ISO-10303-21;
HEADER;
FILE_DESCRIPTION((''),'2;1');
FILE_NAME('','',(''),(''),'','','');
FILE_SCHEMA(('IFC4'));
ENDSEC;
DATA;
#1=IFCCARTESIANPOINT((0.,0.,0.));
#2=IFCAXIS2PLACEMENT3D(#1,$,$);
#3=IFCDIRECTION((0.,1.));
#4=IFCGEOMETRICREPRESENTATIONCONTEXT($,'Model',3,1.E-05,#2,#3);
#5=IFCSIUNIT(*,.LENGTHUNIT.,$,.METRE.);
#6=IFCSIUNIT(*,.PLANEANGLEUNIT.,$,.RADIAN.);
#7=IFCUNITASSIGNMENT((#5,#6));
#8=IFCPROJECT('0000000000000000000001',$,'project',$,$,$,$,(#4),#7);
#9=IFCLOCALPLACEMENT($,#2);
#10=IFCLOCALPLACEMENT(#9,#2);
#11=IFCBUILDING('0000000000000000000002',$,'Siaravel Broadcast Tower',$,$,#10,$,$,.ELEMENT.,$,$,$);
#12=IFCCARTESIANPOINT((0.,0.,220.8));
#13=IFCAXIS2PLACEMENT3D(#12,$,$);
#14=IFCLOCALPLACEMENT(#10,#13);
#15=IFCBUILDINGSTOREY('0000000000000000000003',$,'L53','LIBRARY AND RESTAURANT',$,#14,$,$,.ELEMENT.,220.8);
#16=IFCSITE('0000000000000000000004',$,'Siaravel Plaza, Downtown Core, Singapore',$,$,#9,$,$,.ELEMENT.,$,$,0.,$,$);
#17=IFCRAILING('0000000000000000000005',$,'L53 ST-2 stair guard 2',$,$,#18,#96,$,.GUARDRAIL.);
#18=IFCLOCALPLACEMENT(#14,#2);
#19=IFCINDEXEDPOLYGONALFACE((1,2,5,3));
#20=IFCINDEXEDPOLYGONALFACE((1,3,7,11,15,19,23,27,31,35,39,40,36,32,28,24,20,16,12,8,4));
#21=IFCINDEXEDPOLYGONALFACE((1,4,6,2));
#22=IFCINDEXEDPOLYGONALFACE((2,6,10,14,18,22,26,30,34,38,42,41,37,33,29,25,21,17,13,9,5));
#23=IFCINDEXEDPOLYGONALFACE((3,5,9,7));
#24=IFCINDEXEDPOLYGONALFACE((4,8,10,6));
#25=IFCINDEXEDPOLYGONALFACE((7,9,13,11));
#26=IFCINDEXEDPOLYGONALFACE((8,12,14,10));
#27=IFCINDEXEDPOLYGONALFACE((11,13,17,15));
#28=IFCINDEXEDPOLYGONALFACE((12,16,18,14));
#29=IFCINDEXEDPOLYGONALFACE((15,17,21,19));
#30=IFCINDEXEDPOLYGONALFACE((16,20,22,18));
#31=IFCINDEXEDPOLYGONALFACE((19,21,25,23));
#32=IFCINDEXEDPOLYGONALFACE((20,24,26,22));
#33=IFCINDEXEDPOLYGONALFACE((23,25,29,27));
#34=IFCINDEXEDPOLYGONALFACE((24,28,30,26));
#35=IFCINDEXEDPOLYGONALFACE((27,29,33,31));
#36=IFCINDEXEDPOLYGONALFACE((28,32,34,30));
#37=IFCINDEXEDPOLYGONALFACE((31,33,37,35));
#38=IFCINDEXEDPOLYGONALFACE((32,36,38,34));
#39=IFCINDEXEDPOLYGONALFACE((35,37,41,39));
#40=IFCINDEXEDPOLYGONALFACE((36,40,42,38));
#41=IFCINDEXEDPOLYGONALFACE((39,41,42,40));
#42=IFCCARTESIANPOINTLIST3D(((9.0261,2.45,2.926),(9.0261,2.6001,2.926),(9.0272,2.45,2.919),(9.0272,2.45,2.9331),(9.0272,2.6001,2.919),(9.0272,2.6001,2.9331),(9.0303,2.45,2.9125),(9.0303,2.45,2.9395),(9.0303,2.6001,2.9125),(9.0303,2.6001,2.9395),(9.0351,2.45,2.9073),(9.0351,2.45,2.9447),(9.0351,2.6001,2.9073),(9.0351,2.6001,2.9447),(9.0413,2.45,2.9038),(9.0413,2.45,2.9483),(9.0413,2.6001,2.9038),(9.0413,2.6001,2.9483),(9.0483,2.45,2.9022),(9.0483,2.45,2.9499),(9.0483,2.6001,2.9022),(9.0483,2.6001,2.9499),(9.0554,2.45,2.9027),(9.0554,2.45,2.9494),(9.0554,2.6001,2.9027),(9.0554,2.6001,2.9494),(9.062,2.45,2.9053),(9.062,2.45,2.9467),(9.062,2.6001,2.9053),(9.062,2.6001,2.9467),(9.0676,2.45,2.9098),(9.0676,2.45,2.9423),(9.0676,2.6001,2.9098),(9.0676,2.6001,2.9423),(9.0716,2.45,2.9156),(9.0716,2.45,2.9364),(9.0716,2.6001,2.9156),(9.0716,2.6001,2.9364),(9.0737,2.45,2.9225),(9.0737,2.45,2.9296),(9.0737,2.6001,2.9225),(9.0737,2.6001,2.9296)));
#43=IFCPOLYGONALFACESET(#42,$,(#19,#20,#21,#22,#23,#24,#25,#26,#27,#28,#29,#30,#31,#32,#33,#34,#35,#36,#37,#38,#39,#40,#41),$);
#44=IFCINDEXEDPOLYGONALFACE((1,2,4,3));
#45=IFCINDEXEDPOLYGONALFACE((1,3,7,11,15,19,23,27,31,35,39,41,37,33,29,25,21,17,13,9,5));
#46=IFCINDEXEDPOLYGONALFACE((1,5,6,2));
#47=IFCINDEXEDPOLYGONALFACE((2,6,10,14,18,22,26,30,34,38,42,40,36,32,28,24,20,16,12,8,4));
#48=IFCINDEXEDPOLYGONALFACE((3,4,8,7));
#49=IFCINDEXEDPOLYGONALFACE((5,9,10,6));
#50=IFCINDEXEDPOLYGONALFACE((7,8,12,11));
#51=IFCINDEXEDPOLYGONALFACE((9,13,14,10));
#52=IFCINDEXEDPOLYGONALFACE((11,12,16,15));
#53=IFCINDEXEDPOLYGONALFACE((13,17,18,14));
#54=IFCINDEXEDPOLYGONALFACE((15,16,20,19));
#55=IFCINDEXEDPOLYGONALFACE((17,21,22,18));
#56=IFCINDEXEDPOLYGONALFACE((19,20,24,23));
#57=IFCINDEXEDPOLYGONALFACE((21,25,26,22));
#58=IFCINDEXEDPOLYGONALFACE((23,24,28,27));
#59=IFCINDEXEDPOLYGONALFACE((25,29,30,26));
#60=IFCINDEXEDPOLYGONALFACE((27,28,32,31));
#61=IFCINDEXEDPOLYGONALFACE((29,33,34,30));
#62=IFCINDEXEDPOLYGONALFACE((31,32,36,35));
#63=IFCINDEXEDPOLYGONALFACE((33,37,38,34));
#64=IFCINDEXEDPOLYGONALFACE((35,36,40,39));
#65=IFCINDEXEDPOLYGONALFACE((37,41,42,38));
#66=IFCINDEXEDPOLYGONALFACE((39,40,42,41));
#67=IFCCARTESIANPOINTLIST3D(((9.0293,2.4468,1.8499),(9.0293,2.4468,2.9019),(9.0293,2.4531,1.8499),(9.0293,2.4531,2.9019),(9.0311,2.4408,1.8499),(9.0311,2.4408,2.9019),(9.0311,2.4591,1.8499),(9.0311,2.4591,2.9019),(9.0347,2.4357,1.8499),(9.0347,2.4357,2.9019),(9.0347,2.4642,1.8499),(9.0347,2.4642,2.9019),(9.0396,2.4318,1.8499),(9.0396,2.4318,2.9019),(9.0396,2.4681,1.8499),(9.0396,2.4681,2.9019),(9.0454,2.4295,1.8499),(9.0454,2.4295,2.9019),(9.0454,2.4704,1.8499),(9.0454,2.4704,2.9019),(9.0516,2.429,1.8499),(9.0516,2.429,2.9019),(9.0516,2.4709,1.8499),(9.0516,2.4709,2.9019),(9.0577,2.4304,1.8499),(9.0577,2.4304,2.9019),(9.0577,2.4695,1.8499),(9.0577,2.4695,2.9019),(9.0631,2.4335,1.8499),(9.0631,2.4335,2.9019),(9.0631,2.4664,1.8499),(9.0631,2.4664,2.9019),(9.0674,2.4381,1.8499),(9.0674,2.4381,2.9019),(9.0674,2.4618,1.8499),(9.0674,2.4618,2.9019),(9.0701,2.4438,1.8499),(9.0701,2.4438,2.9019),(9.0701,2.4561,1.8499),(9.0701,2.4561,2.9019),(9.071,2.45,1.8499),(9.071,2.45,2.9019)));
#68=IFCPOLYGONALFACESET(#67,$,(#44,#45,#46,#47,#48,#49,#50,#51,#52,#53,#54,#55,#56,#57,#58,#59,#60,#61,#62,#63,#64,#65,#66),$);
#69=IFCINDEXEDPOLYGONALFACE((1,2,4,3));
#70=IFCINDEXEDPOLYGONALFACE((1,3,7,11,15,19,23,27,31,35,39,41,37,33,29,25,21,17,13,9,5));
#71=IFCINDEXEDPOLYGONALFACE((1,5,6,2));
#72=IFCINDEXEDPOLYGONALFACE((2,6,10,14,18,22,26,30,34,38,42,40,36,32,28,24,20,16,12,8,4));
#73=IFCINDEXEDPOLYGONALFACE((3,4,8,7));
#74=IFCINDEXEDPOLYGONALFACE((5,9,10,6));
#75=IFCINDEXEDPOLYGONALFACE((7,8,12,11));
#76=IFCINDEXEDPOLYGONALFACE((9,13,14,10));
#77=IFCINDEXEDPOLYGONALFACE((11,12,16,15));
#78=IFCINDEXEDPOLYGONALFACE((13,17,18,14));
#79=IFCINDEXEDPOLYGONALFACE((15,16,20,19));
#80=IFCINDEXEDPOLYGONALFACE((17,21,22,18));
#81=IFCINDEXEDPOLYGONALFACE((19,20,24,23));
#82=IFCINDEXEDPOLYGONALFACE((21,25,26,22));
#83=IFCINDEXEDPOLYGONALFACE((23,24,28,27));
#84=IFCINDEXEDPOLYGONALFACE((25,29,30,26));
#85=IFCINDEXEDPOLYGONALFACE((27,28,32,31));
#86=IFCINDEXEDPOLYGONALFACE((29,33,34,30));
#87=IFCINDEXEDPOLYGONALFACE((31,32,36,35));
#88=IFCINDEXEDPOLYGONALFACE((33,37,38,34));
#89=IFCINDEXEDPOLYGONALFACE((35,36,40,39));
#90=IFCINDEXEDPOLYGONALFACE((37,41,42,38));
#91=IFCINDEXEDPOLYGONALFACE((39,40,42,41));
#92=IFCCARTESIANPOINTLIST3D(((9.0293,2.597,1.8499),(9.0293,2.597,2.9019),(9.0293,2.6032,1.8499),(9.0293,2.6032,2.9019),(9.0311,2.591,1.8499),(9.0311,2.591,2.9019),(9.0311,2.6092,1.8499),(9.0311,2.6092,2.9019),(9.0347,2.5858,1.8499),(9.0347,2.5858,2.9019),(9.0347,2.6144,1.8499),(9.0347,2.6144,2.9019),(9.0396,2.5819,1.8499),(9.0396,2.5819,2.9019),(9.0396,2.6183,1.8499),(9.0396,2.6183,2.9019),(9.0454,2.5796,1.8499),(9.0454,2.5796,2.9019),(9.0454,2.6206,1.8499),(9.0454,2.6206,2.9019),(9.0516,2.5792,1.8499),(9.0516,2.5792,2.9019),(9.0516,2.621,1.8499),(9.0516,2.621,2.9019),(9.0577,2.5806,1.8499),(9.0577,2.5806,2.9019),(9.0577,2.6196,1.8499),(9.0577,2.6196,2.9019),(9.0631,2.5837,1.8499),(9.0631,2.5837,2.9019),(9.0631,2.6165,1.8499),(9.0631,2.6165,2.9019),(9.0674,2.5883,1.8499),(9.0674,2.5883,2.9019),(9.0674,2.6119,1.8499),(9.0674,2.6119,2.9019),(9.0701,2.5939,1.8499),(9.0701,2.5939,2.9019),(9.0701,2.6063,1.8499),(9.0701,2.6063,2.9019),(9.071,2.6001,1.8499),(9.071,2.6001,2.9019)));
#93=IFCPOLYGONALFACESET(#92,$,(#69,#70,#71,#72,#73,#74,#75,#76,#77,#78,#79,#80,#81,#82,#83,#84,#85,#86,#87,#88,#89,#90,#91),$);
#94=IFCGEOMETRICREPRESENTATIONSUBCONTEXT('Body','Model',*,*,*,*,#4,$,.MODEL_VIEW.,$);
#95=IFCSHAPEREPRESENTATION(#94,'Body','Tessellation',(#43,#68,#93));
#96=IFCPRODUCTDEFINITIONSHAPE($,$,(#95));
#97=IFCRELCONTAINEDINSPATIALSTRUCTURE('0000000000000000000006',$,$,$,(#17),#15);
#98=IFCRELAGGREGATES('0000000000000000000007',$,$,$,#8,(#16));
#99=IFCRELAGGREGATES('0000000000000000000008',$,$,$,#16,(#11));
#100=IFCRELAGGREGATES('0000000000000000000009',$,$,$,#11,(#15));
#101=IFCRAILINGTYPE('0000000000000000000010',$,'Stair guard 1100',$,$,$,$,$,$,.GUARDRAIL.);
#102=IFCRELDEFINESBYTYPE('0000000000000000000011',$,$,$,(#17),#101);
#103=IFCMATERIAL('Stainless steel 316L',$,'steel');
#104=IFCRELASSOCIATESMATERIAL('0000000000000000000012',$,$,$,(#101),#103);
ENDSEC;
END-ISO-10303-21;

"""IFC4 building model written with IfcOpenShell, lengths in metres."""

from ifc_helpers import new_model, si_unit, direction, frame, origin, origin_2d, place, context, subcontext, project, spatial, circle, extrude, material, type_object, element, save


model = new_model("IFC4")

# Units and contexts
model_context = context("Model", 3, precision=1e-05, world=origin(), true_north=direction((0.0, 1.0)))
body_context = subcontext(model_context, "Body", "Model", "MODEL_VIEW")
ifc_project = project(units=[si_unit("LENGTHUNIT", "METRE"), si_unit("PLANEANGLEUNIT", "RADIAN")], contexts=[model_context])

# Site, building, storey
site_placement = place(None, origin())
site = spatial("IfcSite", under=ifc_project, at=site_placement, Name="Siaravel Plaza, Downtown Core, Singapore", CompositionType="ELEMENT", RefElevation=0.0)
building_placement = place(site_placement, origin())
building = spatial("IfcBuilding", under=site, at=building_placement, Name="Siaravel Broadcast Tower", CompositionType="ELEMENT")
storey_placement = place(building_placement, frame((0.0, 0.0, 220.8)))
storey = spatial("IfcBuildingStorey", under=building, at=storey_placement, Name="L53", Description="LIBRARY AND RESTAURANT", CompositionType="ELEMENT", Elevation=220.8)

# Railing
ifc_material_1 = material(Name="Stainless steel 316L", Category="steel")
railing_type_1 = type_object("IfcRailingType", Name="Stair guard 1100", PredefinedType="GUARDRAIL", material=ifc_material_1)
railing_1_placement = place(storey_placement, frame((9.05, 2.45, 1.8499)))
element("IfcRailing", 1, at=railing_1_placement, inside=storey, type_object=railing_type_1, Name="L53 ST-2 stair guard 2", PredefinedType="GUARDRAIL", context=body_context, shape_type="SweptSolid", body=[
    extrude(circle(Radius=0.0239, at=origin_2d()), frame((0.0, 0.0, 1.0762), z_axis=(0.0, 1.0, 0.0), x_axis=(-1.0, 0.0, 0.0)), (0.0, 0.0, 1.0), 0.1501),
    extrude(circle(Radius=0.021, at=origin_2d()), origin(), (0.0, 0.0, 1.0), 1.052),
    extrude(circle(Radius=0.021, at=origin_2d()), frame((0.0, 0.1501, 0.0)), (0.0, 0.0, 1.0), 1.052),
])

save(model, "model.ifc")
